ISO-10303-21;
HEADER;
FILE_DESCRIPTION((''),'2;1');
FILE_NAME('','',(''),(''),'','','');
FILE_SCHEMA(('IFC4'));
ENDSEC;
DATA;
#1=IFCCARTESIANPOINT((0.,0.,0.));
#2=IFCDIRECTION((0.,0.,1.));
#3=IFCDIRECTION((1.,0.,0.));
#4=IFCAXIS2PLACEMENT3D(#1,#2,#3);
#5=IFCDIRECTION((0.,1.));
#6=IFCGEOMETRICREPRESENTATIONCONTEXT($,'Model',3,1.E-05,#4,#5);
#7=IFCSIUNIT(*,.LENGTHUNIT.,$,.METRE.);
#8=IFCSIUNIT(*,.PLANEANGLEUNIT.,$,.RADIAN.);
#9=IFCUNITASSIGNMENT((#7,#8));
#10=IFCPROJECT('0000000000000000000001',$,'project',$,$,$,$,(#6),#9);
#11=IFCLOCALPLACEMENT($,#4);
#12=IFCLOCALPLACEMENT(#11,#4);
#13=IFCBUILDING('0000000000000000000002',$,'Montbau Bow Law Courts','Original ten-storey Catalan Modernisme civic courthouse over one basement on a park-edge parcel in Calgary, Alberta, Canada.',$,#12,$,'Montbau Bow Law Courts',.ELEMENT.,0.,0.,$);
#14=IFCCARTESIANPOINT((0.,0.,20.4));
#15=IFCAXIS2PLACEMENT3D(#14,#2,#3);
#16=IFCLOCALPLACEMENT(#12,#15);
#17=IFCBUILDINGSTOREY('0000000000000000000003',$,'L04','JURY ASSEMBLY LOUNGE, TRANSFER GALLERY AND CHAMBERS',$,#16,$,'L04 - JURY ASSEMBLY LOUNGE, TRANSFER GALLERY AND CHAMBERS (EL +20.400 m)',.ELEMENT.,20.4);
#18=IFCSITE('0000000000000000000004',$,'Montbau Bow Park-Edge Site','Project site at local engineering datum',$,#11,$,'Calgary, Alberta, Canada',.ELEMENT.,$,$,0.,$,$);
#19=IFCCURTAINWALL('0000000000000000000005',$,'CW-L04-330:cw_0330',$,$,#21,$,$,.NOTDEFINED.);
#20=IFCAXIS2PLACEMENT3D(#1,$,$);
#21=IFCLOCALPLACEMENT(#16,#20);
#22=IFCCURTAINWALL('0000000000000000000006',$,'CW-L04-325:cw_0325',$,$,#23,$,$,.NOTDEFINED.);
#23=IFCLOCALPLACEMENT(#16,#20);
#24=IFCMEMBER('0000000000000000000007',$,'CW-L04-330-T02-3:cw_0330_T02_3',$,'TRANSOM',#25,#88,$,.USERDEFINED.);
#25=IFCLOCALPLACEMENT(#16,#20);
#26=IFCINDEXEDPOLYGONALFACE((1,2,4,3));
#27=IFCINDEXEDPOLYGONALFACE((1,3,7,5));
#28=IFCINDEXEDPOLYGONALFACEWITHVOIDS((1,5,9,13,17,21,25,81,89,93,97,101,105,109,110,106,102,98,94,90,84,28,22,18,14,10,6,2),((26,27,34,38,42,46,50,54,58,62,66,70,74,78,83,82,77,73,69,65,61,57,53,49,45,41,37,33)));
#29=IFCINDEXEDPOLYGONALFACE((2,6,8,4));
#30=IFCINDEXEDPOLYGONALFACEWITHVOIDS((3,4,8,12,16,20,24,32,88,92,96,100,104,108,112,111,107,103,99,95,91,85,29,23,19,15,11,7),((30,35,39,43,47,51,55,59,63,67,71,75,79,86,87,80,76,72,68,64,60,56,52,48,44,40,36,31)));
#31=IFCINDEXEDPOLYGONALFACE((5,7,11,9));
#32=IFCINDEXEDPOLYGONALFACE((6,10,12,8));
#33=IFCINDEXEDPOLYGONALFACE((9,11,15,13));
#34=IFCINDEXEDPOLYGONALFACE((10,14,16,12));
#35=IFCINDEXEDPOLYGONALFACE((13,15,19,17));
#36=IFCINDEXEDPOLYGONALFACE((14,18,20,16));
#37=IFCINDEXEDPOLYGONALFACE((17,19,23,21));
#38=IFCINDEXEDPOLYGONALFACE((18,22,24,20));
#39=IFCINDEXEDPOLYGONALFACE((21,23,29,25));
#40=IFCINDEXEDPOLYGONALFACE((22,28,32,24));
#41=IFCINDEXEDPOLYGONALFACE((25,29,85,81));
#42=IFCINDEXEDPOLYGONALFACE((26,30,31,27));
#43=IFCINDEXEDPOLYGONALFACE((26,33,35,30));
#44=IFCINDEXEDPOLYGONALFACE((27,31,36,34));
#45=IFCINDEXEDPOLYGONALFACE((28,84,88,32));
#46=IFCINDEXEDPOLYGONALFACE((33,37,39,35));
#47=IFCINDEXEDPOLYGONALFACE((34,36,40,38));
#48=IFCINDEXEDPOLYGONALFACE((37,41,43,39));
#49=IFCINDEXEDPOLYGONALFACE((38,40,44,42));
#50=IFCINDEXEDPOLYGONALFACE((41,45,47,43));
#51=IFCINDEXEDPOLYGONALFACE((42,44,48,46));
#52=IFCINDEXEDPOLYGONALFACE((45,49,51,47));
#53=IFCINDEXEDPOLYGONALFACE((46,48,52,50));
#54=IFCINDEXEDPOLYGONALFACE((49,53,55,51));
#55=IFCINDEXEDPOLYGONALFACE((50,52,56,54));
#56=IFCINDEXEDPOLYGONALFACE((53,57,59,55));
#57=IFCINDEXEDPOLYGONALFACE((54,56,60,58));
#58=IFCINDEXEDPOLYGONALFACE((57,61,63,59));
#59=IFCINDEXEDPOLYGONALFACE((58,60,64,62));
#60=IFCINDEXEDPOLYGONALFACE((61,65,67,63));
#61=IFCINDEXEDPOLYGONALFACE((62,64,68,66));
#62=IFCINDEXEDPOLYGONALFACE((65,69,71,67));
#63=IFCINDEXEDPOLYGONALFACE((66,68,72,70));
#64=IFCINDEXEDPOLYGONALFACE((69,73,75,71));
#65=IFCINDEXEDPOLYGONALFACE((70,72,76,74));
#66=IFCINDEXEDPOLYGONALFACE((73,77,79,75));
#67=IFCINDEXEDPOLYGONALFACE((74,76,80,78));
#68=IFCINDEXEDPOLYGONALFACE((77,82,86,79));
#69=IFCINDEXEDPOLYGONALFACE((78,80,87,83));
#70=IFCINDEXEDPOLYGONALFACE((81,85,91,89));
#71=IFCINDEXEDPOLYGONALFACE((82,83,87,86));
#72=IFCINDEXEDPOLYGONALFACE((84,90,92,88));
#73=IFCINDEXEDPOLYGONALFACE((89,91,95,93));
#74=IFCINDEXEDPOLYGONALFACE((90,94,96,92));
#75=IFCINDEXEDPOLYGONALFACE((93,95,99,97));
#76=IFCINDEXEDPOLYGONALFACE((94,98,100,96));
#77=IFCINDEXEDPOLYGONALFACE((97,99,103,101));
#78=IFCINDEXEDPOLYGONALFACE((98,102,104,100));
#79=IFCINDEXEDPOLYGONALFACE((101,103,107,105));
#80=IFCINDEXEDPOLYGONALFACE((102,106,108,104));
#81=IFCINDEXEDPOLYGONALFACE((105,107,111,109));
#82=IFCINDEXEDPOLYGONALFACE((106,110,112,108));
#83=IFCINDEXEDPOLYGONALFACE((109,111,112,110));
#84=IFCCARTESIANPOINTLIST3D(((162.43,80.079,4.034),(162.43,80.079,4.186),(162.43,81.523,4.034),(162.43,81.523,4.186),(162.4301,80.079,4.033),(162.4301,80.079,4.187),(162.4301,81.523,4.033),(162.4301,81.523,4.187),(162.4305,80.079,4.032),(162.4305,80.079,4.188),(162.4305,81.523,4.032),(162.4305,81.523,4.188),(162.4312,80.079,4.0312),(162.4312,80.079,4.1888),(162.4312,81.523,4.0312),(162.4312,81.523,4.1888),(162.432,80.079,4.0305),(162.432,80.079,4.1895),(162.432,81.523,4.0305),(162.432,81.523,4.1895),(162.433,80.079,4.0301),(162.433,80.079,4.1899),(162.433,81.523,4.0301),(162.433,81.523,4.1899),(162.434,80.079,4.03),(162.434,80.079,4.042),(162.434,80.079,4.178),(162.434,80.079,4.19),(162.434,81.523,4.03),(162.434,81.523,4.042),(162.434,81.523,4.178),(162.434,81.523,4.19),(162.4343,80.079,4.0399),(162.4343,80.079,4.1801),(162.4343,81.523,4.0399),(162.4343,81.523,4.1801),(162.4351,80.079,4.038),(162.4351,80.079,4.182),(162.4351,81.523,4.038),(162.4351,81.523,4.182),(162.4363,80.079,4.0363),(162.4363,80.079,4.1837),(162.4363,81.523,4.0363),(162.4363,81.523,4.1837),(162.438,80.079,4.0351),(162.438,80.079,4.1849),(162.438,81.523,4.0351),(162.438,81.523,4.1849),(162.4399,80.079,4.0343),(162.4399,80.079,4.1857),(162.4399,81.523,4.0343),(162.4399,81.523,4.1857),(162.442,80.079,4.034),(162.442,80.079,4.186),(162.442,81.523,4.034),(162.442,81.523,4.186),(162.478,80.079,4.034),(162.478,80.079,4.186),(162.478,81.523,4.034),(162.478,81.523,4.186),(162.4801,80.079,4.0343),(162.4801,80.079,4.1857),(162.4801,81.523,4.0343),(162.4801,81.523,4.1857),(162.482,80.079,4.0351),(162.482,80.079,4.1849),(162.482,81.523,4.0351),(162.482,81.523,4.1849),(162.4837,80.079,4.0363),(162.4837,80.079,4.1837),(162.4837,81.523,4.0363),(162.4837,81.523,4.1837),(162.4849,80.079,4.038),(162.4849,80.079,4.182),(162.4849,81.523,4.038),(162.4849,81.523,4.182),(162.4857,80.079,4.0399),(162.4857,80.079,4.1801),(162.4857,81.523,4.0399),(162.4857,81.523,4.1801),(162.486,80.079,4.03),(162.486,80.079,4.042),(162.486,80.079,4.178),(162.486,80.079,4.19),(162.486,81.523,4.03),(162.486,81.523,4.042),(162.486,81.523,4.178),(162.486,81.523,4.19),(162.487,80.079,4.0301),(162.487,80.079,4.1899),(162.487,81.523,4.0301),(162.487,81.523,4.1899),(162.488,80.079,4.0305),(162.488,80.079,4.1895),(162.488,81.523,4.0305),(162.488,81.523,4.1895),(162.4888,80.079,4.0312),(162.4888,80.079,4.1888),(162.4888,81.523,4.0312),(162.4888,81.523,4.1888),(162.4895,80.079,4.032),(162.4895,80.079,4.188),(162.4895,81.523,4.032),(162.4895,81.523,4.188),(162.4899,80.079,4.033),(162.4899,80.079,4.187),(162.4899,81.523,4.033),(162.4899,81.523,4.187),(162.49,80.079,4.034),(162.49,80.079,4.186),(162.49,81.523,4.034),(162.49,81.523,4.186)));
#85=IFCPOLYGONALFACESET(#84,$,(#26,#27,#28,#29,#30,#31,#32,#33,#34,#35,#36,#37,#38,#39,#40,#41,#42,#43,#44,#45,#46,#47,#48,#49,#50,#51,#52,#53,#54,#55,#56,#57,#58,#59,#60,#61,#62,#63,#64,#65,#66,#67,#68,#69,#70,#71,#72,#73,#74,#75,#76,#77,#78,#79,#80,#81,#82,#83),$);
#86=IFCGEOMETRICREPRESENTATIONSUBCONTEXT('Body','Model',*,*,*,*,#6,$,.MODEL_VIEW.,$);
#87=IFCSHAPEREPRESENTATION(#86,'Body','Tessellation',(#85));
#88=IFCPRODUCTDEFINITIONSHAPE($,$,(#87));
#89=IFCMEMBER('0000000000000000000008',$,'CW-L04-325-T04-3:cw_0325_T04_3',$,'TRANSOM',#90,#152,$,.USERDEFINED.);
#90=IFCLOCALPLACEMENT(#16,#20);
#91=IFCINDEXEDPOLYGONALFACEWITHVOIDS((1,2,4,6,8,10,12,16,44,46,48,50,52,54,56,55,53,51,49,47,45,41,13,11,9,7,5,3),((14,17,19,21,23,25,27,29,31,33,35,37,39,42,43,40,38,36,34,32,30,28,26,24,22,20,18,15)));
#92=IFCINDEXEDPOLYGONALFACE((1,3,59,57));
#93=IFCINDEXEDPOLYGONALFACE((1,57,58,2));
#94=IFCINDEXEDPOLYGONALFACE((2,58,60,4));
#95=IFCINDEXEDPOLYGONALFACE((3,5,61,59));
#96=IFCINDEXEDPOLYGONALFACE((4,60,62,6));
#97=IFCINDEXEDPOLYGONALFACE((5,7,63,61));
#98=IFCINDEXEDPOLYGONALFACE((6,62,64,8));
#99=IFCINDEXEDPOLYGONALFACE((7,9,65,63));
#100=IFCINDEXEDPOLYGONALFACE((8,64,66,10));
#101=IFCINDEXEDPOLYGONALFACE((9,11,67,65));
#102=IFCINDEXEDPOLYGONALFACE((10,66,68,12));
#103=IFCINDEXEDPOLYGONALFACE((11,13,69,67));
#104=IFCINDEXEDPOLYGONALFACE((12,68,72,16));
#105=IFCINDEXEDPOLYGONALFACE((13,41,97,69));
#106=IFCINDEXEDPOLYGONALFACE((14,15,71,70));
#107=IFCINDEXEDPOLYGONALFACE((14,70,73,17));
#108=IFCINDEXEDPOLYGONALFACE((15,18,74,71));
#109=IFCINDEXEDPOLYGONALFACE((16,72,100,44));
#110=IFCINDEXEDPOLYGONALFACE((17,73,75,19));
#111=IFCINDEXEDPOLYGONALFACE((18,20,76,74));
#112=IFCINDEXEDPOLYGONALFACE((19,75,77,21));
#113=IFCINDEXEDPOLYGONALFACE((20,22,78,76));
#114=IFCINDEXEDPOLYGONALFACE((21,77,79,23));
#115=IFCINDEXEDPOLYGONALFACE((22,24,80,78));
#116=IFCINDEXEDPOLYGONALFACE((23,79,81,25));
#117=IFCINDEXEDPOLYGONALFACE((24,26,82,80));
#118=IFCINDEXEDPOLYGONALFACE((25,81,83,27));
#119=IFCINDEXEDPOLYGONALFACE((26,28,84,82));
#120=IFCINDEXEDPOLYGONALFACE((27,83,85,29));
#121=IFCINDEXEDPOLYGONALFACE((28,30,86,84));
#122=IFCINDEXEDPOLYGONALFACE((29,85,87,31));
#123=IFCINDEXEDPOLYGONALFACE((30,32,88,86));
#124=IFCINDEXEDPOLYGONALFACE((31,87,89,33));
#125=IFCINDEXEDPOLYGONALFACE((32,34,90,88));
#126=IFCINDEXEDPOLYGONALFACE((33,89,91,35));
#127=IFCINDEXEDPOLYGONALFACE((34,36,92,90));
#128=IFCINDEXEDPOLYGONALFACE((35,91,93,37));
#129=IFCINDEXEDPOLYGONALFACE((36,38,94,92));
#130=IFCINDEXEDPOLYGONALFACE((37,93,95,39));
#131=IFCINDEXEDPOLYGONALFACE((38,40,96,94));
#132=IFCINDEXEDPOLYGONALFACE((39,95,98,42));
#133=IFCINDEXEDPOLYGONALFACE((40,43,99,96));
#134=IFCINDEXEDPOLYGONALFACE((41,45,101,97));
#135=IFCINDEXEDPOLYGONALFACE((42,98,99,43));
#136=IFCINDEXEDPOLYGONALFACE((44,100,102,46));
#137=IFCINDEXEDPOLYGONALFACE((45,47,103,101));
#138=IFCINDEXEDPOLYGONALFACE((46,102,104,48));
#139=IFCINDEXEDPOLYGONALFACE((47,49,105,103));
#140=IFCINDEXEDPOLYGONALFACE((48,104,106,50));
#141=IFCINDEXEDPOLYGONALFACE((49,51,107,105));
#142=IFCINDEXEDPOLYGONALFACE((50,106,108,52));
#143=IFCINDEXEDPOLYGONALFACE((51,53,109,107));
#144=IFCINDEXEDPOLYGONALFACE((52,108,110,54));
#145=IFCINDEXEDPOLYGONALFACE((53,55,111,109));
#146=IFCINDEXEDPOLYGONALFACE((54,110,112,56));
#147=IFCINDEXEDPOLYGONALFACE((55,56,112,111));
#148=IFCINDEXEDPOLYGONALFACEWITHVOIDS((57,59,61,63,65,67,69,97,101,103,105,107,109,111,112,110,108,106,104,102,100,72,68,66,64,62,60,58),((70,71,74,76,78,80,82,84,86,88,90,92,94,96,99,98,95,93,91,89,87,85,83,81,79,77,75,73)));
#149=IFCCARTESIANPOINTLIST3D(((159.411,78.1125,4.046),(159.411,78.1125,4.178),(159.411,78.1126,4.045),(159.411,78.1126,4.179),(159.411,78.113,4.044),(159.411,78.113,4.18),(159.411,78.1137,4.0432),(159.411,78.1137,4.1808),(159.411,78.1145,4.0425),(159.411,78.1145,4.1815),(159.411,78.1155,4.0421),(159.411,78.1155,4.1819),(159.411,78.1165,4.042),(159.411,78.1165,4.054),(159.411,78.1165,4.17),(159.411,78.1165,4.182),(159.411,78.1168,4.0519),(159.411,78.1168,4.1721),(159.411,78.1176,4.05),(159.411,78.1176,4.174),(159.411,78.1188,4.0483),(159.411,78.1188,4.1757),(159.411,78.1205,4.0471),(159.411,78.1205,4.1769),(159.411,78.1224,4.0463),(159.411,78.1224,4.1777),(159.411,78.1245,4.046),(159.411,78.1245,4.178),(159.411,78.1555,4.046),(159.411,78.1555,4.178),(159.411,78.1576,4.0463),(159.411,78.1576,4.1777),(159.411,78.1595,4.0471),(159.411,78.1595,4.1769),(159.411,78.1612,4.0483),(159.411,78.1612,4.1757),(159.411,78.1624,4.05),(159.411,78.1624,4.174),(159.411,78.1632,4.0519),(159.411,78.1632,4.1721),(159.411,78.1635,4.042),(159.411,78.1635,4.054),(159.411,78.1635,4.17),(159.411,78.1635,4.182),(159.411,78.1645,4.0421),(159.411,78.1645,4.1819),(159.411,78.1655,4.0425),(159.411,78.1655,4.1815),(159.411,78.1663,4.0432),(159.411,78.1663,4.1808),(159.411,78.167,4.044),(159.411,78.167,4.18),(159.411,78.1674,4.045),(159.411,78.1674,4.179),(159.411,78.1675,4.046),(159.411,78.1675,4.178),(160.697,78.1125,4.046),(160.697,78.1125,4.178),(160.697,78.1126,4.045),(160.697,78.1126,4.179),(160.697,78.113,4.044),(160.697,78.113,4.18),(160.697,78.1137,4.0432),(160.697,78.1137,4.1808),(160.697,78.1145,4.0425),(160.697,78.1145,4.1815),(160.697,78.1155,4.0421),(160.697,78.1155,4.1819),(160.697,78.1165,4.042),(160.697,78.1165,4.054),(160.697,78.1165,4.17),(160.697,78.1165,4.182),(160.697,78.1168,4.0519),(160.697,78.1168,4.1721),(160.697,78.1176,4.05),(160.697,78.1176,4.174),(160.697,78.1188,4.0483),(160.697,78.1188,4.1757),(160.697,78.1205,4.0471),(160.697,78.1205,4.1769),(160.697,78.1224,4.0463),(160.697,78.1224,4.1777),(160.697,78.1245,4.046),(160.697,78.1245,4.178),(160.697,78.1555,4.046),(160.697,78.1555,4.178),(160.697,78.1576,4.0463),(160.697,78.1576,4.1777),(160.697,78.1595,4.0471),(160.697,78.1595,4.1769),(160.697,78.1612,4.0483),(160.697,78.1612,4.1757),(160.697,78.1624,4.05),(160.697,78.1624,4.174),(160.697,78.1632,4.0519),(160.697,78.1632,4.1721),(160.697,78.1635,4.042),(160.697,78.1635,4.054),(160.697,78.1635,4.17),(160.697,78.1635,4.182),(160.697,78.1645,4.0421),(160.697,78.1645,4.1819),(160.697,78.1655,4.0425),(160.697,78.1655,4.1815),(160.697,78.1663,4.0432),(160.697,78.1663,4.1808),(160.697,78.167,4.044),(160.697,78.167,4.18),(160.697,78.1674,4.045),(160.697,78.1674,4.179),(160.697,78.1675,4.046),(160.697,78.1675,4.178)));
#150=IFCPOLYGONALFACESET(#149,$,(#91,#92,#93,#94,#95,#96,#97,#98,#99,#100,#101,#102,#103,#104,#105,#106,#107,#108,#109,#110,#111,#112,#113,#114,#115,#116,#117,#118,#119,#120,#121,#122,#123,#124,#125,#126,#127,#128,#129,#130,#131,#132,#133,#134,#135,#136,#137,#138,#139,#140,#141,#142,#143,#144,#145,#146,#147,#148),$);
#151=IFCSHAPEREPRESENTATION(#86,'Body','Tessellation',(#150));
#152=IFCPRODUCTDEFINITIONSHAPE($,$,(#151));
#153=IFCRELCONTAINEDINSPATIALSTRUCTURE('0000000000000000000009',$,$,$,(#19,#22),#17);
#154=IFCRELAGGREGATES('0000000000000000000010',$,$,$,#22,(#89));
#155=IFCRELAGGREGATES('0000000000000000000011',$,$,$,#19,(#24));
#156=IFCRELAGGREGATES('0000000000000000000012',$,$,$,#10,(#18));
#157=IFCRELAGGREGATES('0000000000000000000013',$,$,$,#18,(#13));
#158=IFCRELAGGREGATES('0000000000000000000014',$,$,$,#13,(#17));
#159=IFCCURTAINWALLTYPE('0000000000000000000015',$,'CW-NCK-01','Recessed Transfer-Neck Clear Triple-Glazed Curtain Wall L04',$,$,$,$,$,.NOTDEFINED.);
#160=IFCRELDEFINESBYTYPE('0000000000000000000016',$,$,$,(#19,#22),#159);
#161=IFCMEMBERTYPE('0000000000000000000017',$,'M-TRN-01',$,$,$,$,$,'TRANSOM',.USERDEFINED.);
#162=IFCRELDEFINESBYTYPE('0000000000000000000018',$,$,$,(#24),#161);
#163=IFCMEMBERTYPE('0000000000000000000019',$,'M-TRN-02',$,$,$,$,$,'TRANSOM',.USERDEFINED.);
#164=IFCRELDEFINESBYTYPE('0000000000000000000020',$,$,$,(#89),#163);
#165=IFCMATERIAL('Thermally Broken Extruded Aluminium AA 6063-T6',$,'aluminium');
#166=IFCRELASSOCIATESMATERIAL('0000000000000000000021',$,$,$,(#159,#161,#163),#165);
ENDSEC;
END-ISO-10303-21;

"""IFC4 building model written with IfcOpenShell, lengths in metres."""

from ifc_helpers import new_model, si_unit, direction, frame, origin_with_axes, origin_2d_with_axis, place, context, subcontext, project, spatial, hollow_rectangle, extrude, material, material_profile, profile_set, type_object, element, aggregate, save


model = new_model("IFC4")

# Units and contexts
model_context = context("Model", 3, precision=1e-05, world=origin_with_axes(), true_north=direction((0.0, 1.0)))
body_context = subcontext(model_context, "Body", "Model", "MODEL_VIEW")
ifc_project = project(units=[si_unit("LENGTHUNIT", "METRE"), si_unit("PLANEANGLEUNIT", "RADIAN")], contexts=[model_context])

# Site, building, storey
site_placement = place(None, origin_with_axes())
site = spatial("IfcSite", under=ifc_project, at=site_placement, Name="Montbau Bow Park-Edge Site", Description="Project site at local engineering datum", LongName="Calgary, Alberta, Canada", CompositionType="ELEMENT", RefElevation=0.0)
building_placement = place(site_placement, origin_with_axes())
building = spatial("IfcBuilding", under=site, at=building_placement, Name="Montbau Bow Law Courts", Description="Original ten-storey Catalan Modernisme civic courthouse over one basement on a park-edge parcel in Calgary, Alberta, Canada.", LongName="Montbau Bow Law Courts", CompositionType="ELEMENT", ElevationOfRefHeight=0.0, ElevationOfTerrain=0.0)
storey_placement = place(building_placement, frame((0.0, 0.0, 20.4), z_axis=(0.0, 0.0, 1.0), x_axis=(1.0, 0.0, 0.0)))
storey = spatial("IfcBuildingStorey", under=building, at=storey_placement, Name="L04", Description="JURY ASSEMBLY LOUNGE, TRANSFER GALLERY AND CHAMBERS", LongName="L04 - JURY ASSEMBLY LOUNGE, TRANSFER GALLERY AND CHAMBERS (EL +20.400 m)", CompositionType="ELEMENT", Elevation=20.4)

# Curtain walls
ifc_material_1 = material(Name="Thermally Broken Extruded Aluminium AA 6063-T6", Category="aluminium")
curtain_wall_type = type_object("IfcCurtainWallType", Name="CW-NCK-01", Description="Recessed Transfer-Neck Clear Triple-Glazed Curtain Wall L04", PredefinedType="NOTDEFINED", material=ifc_material_1)
curtain_wall_1_placement = place(None, frame((162.46, 78.515, 20.4), z_axis=(0.0, 0.0, 1.0), x_axis=(1.0, 0.0, 0.0)))
curtain_wall_1 = element("IfcCurtainWall", 1, at=curtain_wall_1_placement, inside=storey, type_object=curtain_wall_type, Name="CW-L04-330:cw_0330", PredefinedType="NOTDEFINED")
curtain_wall_2_placement = place(None, frame((155.315, 78.14, 20.4), z_axis=(0.0, 0.0, 1.0), x_axis=(1.0, 0.0, 0.0)))
curtain_wall_2 = element("IfcCurtainWall", 2, at=curtain_wall_2_placement, inside=storey, type_object=curtain_wall_type, Name="CW-L04-325:cw_0325", PredefinedType="NOTDEFINED")

# Members
ifc_material_profile_1 = material_profile(ifc_material_1, hollow_rectangle(XDim=0.06, YDim=0.16, WallThickness=0.004, InnerFilletRadius=0.008, OuterFilletRadius=0.004, at=origin_2d_with_axis()), Name="CWT-160X60", Category="Main", Priority=0)
ifc_profile_set_1 = profile_set([ifc_material_profile_1], Name="Thermally Broken Extruded Aluminium AA 6063-T6")
member_type_1 = type_object("IfcMemberType", Name="M-TRN-01", ElementType="TRANSOM", PredefinedType="USERDEFINED", material=ifc_profile_set_1)
member_1_placement = place(None, frame((162.46, 80.079, 24.51), z_axis=(0.0, 1.0, 0.0), x_axis=(-1.0, 0.0, 0.0)))
member_1 = element("IfcMember", 3, at=member_1_placement, type_object=member_type_1, Name="CW-L04-330-T02-3:cw_0330_T02_3", ObjectType="TRANSOM", PredefinedType="USERDEFINED", context=body_context, shape_type="SweptSolid", body=[
    extrude(hollow_rectangle(XDim=0.06, YDim=0.16, WallThickness=0.004, InnerFilletRadius=0.008, OuterFilletRadius=0.004, at=origin_2d_with_axis()), origin_with_axes(), (0.0, 0.0, 1.0), 1.444),
])
ifc_material_profile_2 = material_profile(ifc_material_1, hollow_rectangle(XDim=0.055, YDim=0.14, WallThickness=0.004, InnerFilletRadius=0.008, OuterFilletRadius=0.004, at=origin_2d_with_axis()), Name="CWT-140X55", Category="Main", Priority=0)
ifc_profile_set_2 = profile_set([ifc_material_profile_2], Name="Thermally Broken Extruded Aluminium AA 6063-T6")
member_type_2 = type_object("IfcMemberType", Name="M-TRN-02", ElementType="TRANSOM", PredefinedType="USERDEFINED", material=ifc_profile_set_2)
member_2_placement = place(None, frame((159.411, 78.14, 24.512), z_axis=(1.0, 0.0, 0.0), x_axis=(0.0, 1.0, 0.0)))
member_2 = element("IfcMember", 4, at=member_2_placement, type_object=member_type_2, Name="CW-L04-325-T04-3:cw_0325_T04_3", ObjectType="TRANSOM", PredefinedType="USERDEFINED", context=body_context, shape_type="SweptSolid", body=[
    extrude(hollow_rectangle(XDim=0.055, YDim=0.14, WallThickness=0.004, InnerFilletRadius=0.008, OuterFilletRadius=0.004, at=origin_2d_with_axis()), origin_with_axes(), (0.0, 0.0, 1.0), 1.286),
])

aggregate(curtain_wall_2, [member_2])
aggregate(curtain_wall_1, [member_1])

save(model, "model.ifc")
